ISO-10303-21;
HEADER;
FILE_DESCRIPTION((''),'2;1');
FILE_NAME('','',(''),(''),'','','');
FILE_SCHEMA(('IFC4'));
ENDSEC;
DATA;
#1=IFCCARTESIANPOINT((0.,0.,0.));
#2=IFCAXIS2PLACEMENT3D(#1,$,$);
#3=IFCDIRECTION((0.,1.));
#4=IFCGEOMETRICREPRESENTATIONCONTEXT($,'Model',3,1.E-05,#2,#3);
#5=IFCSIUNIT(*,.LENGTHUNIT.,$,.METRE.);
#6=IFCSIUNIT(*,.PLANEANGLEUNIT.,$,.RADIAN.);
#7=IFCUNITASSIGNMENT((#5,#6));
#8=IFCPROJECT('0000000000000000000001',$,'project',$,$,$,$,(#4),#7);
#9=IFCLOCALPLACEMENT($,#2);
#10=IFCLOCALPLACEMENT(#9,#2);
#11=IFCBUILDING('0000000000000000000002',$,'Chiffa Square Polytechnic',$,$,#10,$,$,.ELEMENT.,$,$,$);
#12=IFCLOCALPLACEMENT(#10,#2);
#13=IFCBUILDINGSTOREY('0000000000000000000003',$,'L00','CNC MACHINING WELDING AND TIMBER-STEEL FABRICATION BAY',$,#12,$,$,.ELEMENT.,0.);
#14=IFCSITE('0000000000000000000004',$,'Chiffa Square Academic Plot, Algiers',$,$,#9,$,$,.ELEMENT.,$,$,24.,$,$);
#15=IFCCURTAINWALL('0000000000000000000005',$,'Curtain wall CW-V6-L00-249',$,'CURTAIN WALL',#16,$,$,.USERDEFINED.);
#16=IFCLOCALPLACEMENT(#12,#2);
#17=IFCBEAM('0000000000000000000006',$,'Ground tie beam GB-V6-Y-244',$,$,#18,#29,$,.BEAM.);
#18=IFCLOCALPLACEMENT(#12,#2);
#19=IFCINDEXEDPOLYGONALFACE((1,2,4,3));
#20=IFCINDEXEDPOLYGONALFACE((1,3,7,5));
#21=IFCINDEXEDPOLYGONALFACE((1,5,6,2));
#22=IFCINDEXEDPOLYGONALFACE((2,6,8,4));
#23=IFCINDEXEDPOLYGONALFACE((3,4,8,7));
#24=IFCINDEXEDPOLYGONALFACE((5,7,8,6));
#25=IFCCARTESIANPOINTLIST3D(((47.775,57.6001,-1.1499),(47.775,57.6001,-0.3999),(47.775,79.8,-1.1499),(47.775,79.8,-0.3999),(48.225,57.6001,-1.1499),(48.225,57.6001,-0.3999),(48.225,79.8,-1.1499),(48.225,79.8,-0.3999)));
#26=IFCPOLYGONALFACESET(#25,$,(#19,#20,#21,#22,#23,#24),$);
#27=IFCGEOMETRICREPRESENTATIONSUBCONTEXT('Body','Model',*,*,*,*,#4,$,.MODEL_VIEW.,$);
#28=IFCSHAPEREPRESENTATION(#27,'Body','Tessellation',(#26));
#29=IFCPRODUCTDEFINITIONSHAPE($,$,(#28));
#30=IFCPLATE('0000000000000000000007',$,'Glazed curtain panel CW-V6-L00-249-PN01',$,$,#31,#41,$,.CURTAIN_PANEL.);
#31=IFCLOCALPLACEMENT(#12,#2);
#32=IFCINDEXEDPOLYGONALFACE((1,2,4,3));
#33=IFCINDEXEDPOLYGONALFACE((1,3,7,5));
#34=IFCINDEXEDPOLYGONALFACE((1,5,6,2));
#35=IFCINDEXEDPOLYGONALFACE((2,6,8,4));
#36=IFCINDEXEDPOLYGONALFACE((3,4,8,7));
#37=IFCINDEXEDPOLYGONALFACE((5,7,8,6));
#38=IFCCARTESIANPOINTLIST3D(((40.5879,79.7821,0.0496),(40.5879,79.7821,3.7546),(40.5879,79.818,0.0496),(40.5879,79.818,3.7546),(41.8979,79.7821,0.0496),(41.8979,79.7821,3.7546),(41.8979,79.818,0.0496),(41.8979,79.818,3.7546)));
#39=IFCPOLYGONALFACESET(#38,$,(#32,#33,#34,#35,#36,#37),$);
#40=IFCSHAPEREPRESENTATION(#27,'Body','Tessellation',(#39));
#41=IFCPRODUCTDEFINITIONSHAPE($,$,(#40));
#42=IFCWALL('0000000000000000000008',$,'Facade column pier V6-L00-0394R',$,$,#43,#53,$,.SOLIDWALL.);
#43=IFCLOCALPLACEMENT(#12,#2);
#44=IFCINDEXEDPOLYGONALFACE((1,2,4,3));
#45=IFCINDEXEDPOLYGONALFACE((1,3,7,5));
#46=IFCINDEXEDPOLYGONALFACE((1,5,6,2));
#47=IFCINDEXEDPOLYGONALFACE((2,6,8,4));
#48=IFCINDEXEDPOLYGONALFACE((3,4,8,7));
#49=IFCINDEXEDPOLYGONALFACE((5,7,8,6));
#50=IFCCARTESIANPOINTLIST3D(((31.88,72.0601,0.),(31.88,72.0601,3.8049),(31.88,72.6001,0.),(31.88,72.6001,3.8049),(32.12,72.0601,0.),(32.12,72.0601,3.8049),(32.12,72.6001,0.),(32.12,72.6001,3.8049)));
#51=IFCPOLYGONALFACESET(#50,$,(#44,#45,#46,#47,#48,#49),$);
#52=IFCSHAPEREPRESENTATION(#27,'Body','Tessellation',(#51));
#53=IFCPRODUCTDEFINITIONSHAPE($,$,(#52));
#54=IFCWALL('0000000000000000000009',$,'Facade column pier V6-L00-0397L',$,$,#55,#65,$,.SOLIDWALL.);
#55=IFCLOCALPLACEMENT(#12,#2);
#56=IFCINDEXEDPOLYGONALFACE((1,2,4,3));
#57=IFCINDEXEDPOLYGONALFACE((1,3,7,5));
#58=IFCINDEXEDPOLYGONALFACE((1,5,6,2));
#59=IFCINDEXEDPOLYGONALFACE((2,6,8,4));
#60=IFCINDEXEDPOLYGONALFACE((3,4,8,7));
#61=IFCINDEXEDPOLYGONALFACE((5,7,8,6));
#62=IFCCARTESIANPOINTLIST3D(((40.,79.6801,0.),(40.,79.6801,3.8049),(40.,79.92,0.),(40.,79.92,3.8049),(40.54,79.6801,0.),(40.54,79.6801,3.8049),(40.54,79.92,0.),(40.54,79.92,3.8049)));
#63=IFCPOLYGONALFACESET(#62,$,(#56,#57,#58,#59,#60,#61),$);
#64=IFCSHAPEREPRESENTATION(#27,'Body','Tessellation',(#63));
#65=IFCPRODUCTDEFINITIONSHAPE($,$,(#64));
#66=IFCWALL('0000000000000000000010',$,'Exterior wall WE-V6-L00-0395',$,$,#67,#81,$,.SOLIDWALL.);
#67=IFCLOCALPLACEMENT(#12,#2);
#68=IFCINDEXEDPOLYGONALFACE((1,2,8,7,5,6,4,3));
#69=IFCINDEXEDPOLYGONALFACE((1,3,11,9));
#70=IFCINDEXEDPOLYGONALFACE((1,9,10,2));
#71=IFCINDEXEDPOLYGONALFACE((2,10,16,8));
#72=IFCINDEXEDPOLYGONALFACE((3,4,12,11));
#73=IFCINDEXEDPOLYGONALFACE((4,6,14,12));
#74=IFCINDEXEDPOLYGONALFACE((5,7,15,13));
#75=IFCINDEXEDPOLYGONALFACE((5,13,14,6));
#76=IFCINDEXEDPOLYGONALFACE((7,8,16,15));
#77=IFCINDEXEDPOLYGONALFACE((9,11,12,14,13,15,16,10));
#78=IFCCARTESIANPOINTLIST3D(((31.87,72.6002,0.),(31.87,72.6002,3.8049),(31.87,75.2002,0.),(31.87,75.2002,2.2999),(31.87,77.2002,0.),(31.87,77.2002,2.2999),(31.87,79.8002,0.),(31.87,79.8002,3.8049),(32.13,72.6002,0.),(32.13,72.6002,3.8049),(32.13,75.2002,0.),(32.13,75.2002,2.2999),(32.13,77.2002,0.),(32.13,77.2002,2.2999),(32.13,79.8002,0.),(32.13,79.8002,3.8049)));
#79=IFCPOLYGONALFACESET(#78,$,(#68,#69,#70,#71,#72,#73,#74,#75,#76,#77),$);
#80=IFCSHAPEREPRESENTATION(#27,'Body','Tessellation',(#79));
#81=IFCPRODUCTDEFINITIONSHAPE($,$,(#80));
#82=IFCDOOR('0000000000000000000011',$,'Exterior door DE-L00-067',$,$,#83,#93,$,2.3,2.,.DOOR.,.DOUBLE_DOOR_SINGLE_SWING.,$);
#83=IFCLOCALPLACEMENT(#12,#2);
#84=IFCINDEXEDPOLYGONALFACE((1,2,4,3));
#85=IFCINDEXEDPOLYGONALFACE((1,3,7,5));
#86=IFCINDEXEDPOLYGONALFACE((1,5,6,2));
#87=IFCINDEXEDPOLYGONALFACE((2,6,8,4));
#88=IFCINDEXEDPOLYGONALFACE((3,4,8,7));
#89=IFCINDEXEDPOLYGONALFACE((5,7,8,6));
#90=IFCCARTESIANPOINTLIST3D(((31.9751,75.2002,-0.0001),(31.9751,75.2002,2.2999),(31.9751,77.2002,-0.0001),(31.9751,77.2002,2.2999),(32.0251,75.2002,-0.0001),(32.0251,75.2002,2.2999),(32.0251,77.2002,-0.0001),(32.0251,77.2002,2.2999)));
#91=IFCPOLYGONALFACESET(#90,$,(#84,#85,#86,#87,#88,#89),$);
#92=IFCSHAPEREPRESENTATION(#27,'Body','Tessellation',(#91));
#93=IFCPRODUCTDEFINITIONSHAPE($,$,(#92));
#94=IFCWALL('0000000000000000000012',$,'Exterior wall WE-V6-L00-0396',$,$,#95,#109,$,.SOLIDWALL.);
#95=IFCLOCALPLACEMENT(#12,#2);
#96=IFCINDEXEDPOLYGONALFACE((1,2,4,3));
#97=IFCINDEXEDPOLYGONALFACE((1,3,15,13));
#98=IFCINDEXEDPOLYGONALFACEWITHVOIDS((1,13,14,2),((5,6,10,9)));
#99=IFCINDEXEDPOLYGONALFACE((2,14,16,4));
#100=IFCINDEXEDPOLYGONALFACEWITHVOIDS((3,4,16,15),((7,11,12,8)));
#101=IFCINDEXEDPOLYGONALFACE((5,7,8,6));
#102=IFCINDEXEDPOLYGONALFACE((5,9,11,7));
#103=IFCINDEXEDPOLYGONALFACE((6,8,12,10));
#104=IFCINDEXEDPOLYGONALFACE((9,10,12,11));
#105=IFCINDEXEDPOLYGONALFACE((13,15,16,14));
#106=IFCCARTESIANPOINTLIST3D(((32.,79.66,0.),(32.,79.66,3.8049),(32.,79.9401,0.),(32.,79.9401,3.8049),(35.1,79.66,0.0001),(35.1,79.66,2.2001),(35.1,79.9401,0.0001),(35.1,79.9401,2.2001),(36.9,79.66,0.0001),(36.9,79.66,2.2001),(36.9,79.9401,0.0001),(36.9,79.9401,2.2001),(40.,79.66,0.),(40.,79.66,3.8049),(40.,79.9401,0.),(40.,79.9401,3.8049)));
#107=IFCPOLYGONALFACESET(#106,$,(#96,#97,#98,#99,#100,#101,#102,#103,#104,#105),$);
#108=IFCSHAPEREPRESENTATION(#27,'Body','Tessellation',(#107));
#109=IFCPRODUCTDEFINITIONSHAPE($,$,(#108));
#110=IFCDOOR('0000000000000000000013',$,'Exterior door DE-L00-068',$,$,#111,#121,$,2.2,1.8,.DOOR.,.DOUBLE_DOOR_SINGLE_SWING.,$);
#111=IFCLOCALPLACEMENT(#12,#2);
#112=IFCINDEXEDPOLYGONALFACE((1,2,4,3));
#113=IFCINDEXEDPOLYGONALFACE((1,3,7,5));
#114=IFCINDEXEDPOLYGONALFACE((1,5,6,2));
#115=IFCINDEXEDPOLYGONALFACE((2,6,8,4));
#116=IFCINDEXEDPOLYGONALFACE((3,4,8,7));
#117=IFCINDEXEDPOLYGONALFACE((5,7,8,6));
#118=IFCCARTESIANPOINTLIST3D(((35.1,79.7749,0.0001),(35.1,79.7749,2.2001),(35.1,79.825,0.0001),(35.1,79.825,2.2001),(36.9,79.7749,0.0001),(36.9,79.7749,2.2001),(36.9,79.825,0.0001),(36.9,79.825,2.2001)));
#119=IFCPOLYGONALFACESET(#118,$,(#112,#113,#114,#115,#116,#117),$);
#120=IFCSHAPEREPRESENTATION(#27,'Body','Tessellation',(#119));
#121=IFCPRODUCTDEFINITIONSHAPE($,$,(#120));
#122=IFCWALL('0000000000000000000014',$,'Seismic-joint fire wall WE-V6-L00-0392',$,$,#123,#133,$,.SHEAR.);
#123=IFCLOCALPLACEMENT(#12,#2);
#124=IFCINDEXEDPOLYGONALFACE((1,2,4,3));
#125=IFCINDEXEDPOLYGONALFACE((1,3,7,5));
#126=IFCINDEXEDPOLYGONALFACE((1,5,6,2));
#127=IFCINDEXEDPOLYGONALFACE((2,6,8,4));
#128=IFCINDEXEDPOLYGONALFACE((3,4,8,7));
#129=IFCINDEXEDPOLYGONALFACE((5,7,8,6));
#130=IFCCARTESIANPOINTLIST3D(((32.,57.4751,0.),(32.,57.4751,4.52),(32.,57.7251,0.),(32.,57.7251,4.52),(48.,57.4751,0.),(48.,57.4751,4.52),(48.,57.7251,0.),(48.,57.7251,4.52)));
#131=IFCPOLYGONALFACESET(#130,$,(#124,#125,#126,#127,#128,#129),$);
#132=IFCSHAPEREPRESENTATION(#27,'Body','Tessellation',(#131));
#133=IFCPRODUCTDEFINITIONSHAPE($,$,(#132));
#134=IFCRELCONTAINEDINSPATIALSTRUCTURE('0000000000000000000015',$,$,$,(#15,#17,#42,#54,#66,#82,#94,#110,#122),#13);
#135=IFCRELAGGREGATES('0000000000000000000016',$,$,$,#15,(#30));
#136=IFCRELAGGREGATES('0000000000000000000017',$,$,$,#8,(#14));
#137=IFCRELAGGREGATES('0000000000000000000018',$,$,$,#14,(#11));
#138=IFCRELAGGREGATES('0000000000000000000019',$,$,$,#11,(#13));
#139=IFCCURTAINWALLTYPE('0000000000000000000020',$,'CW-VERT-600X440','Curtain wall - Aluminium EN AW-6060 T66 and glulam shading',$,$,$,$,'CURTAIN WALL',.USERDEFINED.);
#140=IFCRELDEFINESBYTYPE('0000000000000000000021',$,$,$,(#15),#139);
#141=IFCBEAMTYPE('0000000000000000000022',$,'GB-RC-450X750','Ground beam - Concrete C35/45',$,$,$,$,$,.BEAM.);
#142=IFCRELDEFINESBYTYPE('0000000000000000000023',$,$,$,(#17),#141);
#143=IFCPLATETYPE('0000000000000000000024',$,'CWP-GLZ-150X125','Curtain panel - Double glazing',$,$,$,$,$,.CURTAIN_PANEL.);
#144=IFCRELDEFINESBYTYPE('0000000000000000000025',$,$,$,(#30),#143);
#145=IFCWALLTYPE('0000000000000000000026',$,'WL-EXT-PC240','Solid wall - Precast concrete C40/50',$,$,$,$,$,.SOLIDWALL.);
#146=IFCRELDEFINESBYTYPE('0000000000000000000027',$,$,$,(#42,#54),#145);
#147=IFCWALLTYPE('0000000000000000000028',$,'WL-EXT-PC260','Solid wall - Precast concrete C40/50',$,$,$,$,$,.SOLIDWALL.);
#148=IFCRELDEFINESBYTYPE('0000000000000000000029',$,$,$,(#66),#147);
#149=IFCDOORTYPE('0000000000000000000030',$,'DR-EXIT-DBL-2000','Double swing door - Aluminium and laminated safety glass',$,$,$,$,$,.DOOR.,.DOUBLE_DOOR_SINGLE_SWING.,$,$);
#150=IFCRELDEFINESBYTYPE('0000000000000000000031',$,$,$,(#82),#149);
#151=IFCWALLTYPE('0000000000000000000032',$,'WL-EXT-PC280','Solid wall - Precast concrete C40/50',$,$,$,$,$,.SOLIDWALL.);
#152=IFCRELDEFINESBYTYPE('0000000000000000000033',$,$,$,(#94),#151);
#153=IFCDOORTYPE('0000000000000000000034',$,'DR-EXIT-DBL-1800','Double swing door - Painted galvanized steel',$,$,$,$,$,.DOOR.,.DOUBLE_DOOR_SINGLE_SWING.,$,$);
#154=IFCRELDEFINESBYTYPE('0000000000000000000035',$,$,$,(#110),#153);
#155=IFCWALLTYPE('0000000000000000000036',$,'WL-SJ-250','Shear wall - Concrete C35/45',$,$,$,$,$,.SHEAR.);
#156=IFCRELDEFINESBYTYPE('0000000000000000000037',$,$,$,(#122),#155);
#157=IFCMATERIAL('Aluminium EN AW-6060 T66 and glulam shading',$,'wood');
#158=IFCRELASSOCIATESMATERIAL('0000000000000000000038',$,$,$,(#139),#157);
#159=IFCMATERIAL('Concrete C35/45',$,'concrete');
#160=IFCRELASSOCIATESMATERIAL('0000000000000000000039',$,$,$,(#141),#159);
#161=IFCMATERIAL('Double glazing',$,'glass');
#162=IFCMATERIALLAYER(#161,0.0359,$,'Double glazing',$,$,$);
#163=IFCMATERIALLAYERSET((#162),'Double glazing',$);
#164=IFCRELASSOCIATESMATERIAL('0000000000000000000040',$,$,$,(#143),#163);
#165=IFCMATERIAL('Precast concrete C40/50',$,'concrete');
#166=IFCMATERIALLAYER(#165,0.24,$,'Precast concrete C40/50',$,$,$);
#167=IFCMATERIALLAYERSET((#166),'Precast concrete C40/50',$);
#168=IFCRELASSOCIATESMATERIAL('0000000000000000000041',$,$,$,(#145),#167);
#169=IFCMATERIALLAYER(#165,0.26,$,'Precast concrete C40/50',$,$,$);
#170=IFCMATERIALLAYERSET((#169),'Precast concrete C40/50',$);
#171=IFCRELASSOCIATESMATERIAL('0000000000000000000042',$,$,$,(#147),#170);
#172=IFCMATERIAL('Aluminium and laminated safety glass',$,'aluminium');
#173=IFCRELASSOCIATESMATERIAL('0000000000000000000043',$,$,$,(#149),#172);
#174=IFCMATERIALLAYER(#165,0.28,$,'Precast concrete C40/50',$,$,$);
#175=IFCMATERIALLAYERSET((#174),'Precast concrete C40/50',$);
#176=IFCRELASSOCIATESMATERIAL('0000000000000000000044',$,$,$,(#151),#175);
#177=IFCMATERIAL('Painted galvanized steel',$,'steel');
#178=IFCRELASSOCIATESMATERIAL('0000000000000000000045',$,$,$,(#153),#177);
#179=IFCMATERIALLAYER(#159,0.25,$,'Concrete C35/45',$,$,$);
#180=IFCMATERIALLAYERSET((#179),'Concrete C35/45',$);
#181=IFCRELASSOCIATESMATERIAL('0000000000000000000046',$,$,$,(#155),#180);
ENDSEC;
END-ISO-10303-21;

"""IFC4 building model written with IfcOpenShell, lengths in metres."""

from ifc_helpers import new_model, si_unit, direction, frame, frame_2d, origin, origin_2d, place, context, subcontext, project, spatial, rectangle, extrude, material, layer, layer_set, material_profile, profile_set, type_object, element, fill, aggregate, save


model = new_model("IFC4")

# Units and contexts
model_context = context("Model", 3, precision=1e-05, world=origin(), true_north=direction((0.0, 1.0)))
body_context = subcontext(model_context, "Body", "Model", "MODEL_VIEW")
ifc_project = project(units=[si_unit("LENGTHUNIT", "METRE"), si_unit("PLANEANGLEUNIT", "RADIAN")], contexts=[model_context])

# Site, building, storey
site_placement = place(None, origin())
site = spatial("IfcSite", under=ifc_project, at=site_placement, Name="Chiffa Square Academic Plot, Algiers", CompositionType="ELEMENT", RefElevation=24.0)
building_placement = place(site_placement, origin())
building = spatial("IfcBuilding", under=site, at=building_placement, Name="Chiffa Square Polytechnic", CompositionType="ELEMENT")
storey_placement = place(building_placement, origin())
storey = spatial("IfcBuildingStorey", under=building, at=storey_placement, Name="L00", Description="CNC MACHINING WELDING AND TIMBER-STEEL FABRICATION BAY", CompositionType="ELEMENT", Elevation=0.0)

# Shared definitions
ifc_material_1 = material(Name="Concrete C35/45", Category="concrete")

# Curtain wall
ifc_material_2 = material(Name="Aluminium EN AW-6060 T66 and glulam shading", Category="wood")
curtain_wall_type_1 = type_object("IfcCurtainWallType", Name="CW-VERT-600X440", Description="Curtain wall - Aluminium EN AW-6060 T66 and glulam shading", ElementType="CURTAIN WALL", PredefinedType="USERDEFINED", material=ifc_material_2)
curtain_wall_1_placement = place(storey_placement, origin())
curtain_wall_1 = element("IfcCurtainWall", 1, at=curtain_wall_1_placement, inside=storey, type_object=curtain_wall_type_1, Name="Curtain wall CW-V6-L00-249", ObjectType="CURTAIN WALL", PredefinedType="USERDEFINED")

# Beam
ifc_material_profile_1 = material_profile(ifc_material_1, rectangle(XDim=0.45, YDim=0.75, at=origin_2d()), Name="RC 450x750")
ifc_profile_set_1 = profile_set([ifc_material_profile_1], Name="Concrete C35/45")
beam_type = type_object("IfcBeamType", Name="GB-RC-450X750", Description="Ground beam - Concrete C35/45", PredefinedType="BEAM", material=ifc_profile_set_1)
beam_1_placement = place(storey_placement, frame((48.0, 57.6001, -0.7749), z_axis=(0.0, 1.0, 0.0), x_axis=(-1.0, 0.0, 0.0)))
element("IfcBeam", 2, at=beam_1_placement, inside=storey, type_object=beam_type, Name="Ground tie beam GB-V6-Y-244", PredefinedType="BEAM", context=body_context, shape_type="SweptSolid", body=[
    extrude(rectangle(XDim=0.45, YDim=0.75, at=origin_2d()), origin(), (0.0, 0.0, 1.0), 22.2),
])

# Plate
ifc_material_3 = material(Name="Double glazing", Category="glass")
ifc_layer_1 = layer(ifc_material_3, 0.0359, Name="Double glazing")
ifc_layer_set_1 = layer_set([ifc_layer_1], Name="Double glazing")
plate_type = type_object("IfcPlateType", Name="CWP-GLZ-150X125", Description="Curtain panel - Double glazing", PredefinedType="CURTAIN_PANEL", material=ifc_layer_set_1)
plate_placement = place(storey_placement, frame((41.2429, 79.8, 0.0496), z_axis=(0.0, 0.0, 1.0), x_axis=(1.0, 0.0, 0.0)))
plate = element("IfcPlate", 3, at=plate_placement, type_object=plate_type, Name="Glazed curtain panel CW-V6-L00-249-PN01", PredefinedType="CURTAIN_PANEL", context=body_context, shape_type="SweptSolid", body=[
    extrude(rectangle(XDim=1.3101, YDim=0.0359, at=origin_2d()), origin(), (0.0, 0.0, 1.0), 3.7051),
])
aggregate(curtain_wall_1, [plate])

# Walls
ifc_material_4 = material(Name="Precast concrete C40/50", Category="concrete")
ifc_layer_2 = layer(ifc_material_4, 0.24, Name="Precast concrete C40/50")
ifc_layer_set_2 = layer_set([ifc_layer_2], Name="Precast concrete C40/50")
wall_type_1 = type_object("IfcWallType", Name="WL-EXT-PC240", Description="Solid wall - Precast concrete C40/50", PredefinedType="SOLIDWALL", material=ifc_layer_set_2)
for number, where, z_axis, x_axis, name in (
    (4, (32.0, 72.0601, 0.0), (0.0, 0.0, 1.0), (0.0, 1.0, 0.0), "Facade column pier V6-L00-0394R"),
    (5, (40.0, 79.8, 0.0), (0.0, 0.0, 1.0), (1.0, 0.0, 0.0), "Facade column pier V6-L00-0397L"),
):
    element("IfcWall", number, at=place(storey_placement, frame(where, z_axis=z_axis, x_axis=x_axis)), inside=storey, type_object=wall_type_1, Name=name, PredefinedType="SOLIDWALL", context=body_context, shape_type="SweptSolid", body=[
        extrude(rectangle(XDim=0.54, YDim=0.24, at=frame_2d((0.27, 0.0))), origin(), (0.0, 0.0, 1.0), 3.8049),
    ])

# Walls, openings, doors
ifc_layer_3 = layer(ifc_material_4, 0.26, Name="Precast concrete C40/50")
ifc_layer_set_3 = layer_set([ifc_layer_3], Name="Precast concrete C40/50")
wall_type_2 = type_object("IfcWallType", Name="WL-EXT-PC260", Description="Solid wall - Precast concrete C40/50", PredefinedType="SOLIDWALL", material=ifc_layer_set_3)
wall_1_placement = place(storey_placement, frame((32.0, 72.6001, 0.0), z_axis=(0.0, 0.0, 1.0), x_axis=(0.0, 1.0, 0.0)))
wall_1 = element("IfcWall", 6, at=wall_1_placement, inside=storey, type_object=wall_type_2, Name="Exterior wall WE-V6-L00-0395", PredefinedType="SOLIDWALL", context=body_context, shape_type="SweptSolid", body=[
    extrude(rectangle(XDim=7.2, YDim=0.26, at=frame_2d((3.6001, 0.0))), origin(), (0.0, 0.0, 1.0), 3.8049),
])
opening_1_placement = place(wall_1_placement, frame((2.6001, 0.0, 0.0)))
opening_1 = element("IfcOpeningElement", 7, at=opening_1_placement, cuts=wall_1, PredefinedType="OPENING", context=body_context, shape_type="SweptSolid", body=[
    extrude(rectangle(XDim=2.0, YDim=2.3, at=frame_2d((1.0, 1.1499))), frame((0.0, 0.1401, 0.0), z_axis=(0.0, -1.0, 0.0), x_axis=(1.0, 0.0, 0.0)), (0.0, 0.0, 1.0), 0.28),
])
ifc_material_5 = material(Name="Aluminium and laminated safety glass", Category="aluminium")
door_type_1 = type_object("IfcDoorType", Name="DR-EXIT-DBL-2000", Description="Double swing door - Aluminium and laminated safety glass", OperationType="DOUBLE_DOOR_SINGLE_SWING", PredefinedType="DOOR", material=ifc_material_5)
door_1_placement = place(opening_1_placement, origin())
door_1 = element("IfcDoor", 8, at=door_1_placement, inside=storey, type_object=door_type_1, Name="Exterior door DE-L00-067", OperationType="DOUBLE_DOOR_SINGLE_SWING", OverallHeight=2.3, OverallWidth=2.0, PredefinedType="DOOR", context=body_context, shape_type="SweptSolid", body=[
    extrude(rectangle(XDim=2.0, YDim=2.3, at=frame_2d((1.0, 1.1499))), frame((0.0, 0.0249, 0.0), z_axis=(0.0, -1.0, 0.0), x_axis=(1.0, 0.0, 0.0)), (0.0, 0.0, 1.0), 0.05),
])
fill(opening_1, door_1)
ifc_layer_4 = layer(ifc_material_4, 0.28, Name="Precast concrete C40/50")
ifc_layer_set_4 = layer_set([ifc_layer_4], Name="Precast concrete C40/50")
wall_type_3 = type_object("IfcWallType", Name="WL-EXT-PC280", Description="Solid wall - Precast concrete C40/50", PredefinedType="SOLIDWALL", material=ifc_layer_set_4)
wall_2_placement = place(storey_placement, frame((32.0, 79.8, 0.0), z_axis=(0.0, 0.0, 1.0), x_axis=(1.0, 0.0, 0.0)))
wall_2 = element("IfcWall", 9, at=wall_2_placement, inside=storey, type_object=wall_type_3, Name="Exterior wall WE-V6-L00-0396", PredefinedType="SOLIDWALL", context=body_context, shape_type="SweptSolid", body=[
    extrude(rectangle(XDim=8.0, YDim=0.28, at=frame_2d((4.0, 0.0))), origin(), (0.0, 0.0, 1.0), 3.8049),
])
opening_2_placement = place(wall_2_placement, frame((3.1001, 0.0, 0.0)))
opening_2 = element("IfcOpeningElement", 10, at=opening_2_placement, cuts=wall_2, PredefinedType="OPENING", context=body_context, shape_type="SweptSolid", body=[
    extrude(rectangle(XDim=1.8, YDim=2.2, at=frame_2d((0.8999, 1.1001))), frame((0.0, 0.1499, 0.0), z_axis=(0.0, -1.0, 0.0), x_axis=(1.0, 0.0, 0.0)), (0.0, 0.0, 1.0), 0.3),
])
ifc_material_6 = material(Name="Painted galvanized steel", Category="steel")
door_type_2 = type_object("IfcDoorType", Name="DR-EXIT-DBL-1800", Description="Double swing door - Painted galvanized steel", OperationType="DOUBLE_DOOR_SINGLE_SWING", PredefinedType="DOOR", material=ifc_material_6)
door_2_placement = place(opening_2_placement, origin())
door_2 = element("IfcDoor", 11, at=door_2_placement, inside=storey, type_object=door_type_2, Name="Exterior door DE-L00-068", OperationType="DOUBLE_DOOR_SINGLE_SWING", OverallHeight=2.2, OverallWidth=1.8, PredefinedType="DOOR", context=body_context, shape_type="SweptSolid", body=[
    extrude(rectangle(XDim=1.8, YDim=2.2, at=frame_2d((0.8999, 1.1001))), frame((0.0, 0.0249, 0.0), z_axis=(0.0, -1.0, 0.0), x_axis=(1.0, 0.0, 0.0)), (0.0, 0.0, 1.0), 0.05),
])
fill(opening_2, door_2)

# Wall
ifc_layer_5 = layer(ifc_material_1, 0.25, Name="Concrete C35/45")
ifc_layer_set_5 = layer_set([ifc_layer_5], Name="Concrete C35/45")
wall_type_4 = type_object("IfcWallType", Name="WL-SJ-250", Description="Shear wall - Concrete C35/45", PredefinedType="SHEAR", material=ifc_layer_set_5)
wall_3_placement = place(storey_placement, frame((48.0, 57.6001, 0.0), z_axis=(0.0, 0.0, 1.0), x_axis=(-1.0, 0.0, 0.0)))
element("IfcWall", 12, at=wall_3_placement, inside=storey, type_object=wall_type_4, Name="Seismic-joint fire wall WE-V6-L00-0392", PredefinedType="SHEAR", context=body_context, shape_type="SweptSolid", body=[
    extrude(rectangle(XDim=16.0, YDim=0.25, at=frame_2d((8.0, 0.0))), origin(), (0.0, 0.0, 1.0), 4.52),
])

save(model, "model.ifc")
